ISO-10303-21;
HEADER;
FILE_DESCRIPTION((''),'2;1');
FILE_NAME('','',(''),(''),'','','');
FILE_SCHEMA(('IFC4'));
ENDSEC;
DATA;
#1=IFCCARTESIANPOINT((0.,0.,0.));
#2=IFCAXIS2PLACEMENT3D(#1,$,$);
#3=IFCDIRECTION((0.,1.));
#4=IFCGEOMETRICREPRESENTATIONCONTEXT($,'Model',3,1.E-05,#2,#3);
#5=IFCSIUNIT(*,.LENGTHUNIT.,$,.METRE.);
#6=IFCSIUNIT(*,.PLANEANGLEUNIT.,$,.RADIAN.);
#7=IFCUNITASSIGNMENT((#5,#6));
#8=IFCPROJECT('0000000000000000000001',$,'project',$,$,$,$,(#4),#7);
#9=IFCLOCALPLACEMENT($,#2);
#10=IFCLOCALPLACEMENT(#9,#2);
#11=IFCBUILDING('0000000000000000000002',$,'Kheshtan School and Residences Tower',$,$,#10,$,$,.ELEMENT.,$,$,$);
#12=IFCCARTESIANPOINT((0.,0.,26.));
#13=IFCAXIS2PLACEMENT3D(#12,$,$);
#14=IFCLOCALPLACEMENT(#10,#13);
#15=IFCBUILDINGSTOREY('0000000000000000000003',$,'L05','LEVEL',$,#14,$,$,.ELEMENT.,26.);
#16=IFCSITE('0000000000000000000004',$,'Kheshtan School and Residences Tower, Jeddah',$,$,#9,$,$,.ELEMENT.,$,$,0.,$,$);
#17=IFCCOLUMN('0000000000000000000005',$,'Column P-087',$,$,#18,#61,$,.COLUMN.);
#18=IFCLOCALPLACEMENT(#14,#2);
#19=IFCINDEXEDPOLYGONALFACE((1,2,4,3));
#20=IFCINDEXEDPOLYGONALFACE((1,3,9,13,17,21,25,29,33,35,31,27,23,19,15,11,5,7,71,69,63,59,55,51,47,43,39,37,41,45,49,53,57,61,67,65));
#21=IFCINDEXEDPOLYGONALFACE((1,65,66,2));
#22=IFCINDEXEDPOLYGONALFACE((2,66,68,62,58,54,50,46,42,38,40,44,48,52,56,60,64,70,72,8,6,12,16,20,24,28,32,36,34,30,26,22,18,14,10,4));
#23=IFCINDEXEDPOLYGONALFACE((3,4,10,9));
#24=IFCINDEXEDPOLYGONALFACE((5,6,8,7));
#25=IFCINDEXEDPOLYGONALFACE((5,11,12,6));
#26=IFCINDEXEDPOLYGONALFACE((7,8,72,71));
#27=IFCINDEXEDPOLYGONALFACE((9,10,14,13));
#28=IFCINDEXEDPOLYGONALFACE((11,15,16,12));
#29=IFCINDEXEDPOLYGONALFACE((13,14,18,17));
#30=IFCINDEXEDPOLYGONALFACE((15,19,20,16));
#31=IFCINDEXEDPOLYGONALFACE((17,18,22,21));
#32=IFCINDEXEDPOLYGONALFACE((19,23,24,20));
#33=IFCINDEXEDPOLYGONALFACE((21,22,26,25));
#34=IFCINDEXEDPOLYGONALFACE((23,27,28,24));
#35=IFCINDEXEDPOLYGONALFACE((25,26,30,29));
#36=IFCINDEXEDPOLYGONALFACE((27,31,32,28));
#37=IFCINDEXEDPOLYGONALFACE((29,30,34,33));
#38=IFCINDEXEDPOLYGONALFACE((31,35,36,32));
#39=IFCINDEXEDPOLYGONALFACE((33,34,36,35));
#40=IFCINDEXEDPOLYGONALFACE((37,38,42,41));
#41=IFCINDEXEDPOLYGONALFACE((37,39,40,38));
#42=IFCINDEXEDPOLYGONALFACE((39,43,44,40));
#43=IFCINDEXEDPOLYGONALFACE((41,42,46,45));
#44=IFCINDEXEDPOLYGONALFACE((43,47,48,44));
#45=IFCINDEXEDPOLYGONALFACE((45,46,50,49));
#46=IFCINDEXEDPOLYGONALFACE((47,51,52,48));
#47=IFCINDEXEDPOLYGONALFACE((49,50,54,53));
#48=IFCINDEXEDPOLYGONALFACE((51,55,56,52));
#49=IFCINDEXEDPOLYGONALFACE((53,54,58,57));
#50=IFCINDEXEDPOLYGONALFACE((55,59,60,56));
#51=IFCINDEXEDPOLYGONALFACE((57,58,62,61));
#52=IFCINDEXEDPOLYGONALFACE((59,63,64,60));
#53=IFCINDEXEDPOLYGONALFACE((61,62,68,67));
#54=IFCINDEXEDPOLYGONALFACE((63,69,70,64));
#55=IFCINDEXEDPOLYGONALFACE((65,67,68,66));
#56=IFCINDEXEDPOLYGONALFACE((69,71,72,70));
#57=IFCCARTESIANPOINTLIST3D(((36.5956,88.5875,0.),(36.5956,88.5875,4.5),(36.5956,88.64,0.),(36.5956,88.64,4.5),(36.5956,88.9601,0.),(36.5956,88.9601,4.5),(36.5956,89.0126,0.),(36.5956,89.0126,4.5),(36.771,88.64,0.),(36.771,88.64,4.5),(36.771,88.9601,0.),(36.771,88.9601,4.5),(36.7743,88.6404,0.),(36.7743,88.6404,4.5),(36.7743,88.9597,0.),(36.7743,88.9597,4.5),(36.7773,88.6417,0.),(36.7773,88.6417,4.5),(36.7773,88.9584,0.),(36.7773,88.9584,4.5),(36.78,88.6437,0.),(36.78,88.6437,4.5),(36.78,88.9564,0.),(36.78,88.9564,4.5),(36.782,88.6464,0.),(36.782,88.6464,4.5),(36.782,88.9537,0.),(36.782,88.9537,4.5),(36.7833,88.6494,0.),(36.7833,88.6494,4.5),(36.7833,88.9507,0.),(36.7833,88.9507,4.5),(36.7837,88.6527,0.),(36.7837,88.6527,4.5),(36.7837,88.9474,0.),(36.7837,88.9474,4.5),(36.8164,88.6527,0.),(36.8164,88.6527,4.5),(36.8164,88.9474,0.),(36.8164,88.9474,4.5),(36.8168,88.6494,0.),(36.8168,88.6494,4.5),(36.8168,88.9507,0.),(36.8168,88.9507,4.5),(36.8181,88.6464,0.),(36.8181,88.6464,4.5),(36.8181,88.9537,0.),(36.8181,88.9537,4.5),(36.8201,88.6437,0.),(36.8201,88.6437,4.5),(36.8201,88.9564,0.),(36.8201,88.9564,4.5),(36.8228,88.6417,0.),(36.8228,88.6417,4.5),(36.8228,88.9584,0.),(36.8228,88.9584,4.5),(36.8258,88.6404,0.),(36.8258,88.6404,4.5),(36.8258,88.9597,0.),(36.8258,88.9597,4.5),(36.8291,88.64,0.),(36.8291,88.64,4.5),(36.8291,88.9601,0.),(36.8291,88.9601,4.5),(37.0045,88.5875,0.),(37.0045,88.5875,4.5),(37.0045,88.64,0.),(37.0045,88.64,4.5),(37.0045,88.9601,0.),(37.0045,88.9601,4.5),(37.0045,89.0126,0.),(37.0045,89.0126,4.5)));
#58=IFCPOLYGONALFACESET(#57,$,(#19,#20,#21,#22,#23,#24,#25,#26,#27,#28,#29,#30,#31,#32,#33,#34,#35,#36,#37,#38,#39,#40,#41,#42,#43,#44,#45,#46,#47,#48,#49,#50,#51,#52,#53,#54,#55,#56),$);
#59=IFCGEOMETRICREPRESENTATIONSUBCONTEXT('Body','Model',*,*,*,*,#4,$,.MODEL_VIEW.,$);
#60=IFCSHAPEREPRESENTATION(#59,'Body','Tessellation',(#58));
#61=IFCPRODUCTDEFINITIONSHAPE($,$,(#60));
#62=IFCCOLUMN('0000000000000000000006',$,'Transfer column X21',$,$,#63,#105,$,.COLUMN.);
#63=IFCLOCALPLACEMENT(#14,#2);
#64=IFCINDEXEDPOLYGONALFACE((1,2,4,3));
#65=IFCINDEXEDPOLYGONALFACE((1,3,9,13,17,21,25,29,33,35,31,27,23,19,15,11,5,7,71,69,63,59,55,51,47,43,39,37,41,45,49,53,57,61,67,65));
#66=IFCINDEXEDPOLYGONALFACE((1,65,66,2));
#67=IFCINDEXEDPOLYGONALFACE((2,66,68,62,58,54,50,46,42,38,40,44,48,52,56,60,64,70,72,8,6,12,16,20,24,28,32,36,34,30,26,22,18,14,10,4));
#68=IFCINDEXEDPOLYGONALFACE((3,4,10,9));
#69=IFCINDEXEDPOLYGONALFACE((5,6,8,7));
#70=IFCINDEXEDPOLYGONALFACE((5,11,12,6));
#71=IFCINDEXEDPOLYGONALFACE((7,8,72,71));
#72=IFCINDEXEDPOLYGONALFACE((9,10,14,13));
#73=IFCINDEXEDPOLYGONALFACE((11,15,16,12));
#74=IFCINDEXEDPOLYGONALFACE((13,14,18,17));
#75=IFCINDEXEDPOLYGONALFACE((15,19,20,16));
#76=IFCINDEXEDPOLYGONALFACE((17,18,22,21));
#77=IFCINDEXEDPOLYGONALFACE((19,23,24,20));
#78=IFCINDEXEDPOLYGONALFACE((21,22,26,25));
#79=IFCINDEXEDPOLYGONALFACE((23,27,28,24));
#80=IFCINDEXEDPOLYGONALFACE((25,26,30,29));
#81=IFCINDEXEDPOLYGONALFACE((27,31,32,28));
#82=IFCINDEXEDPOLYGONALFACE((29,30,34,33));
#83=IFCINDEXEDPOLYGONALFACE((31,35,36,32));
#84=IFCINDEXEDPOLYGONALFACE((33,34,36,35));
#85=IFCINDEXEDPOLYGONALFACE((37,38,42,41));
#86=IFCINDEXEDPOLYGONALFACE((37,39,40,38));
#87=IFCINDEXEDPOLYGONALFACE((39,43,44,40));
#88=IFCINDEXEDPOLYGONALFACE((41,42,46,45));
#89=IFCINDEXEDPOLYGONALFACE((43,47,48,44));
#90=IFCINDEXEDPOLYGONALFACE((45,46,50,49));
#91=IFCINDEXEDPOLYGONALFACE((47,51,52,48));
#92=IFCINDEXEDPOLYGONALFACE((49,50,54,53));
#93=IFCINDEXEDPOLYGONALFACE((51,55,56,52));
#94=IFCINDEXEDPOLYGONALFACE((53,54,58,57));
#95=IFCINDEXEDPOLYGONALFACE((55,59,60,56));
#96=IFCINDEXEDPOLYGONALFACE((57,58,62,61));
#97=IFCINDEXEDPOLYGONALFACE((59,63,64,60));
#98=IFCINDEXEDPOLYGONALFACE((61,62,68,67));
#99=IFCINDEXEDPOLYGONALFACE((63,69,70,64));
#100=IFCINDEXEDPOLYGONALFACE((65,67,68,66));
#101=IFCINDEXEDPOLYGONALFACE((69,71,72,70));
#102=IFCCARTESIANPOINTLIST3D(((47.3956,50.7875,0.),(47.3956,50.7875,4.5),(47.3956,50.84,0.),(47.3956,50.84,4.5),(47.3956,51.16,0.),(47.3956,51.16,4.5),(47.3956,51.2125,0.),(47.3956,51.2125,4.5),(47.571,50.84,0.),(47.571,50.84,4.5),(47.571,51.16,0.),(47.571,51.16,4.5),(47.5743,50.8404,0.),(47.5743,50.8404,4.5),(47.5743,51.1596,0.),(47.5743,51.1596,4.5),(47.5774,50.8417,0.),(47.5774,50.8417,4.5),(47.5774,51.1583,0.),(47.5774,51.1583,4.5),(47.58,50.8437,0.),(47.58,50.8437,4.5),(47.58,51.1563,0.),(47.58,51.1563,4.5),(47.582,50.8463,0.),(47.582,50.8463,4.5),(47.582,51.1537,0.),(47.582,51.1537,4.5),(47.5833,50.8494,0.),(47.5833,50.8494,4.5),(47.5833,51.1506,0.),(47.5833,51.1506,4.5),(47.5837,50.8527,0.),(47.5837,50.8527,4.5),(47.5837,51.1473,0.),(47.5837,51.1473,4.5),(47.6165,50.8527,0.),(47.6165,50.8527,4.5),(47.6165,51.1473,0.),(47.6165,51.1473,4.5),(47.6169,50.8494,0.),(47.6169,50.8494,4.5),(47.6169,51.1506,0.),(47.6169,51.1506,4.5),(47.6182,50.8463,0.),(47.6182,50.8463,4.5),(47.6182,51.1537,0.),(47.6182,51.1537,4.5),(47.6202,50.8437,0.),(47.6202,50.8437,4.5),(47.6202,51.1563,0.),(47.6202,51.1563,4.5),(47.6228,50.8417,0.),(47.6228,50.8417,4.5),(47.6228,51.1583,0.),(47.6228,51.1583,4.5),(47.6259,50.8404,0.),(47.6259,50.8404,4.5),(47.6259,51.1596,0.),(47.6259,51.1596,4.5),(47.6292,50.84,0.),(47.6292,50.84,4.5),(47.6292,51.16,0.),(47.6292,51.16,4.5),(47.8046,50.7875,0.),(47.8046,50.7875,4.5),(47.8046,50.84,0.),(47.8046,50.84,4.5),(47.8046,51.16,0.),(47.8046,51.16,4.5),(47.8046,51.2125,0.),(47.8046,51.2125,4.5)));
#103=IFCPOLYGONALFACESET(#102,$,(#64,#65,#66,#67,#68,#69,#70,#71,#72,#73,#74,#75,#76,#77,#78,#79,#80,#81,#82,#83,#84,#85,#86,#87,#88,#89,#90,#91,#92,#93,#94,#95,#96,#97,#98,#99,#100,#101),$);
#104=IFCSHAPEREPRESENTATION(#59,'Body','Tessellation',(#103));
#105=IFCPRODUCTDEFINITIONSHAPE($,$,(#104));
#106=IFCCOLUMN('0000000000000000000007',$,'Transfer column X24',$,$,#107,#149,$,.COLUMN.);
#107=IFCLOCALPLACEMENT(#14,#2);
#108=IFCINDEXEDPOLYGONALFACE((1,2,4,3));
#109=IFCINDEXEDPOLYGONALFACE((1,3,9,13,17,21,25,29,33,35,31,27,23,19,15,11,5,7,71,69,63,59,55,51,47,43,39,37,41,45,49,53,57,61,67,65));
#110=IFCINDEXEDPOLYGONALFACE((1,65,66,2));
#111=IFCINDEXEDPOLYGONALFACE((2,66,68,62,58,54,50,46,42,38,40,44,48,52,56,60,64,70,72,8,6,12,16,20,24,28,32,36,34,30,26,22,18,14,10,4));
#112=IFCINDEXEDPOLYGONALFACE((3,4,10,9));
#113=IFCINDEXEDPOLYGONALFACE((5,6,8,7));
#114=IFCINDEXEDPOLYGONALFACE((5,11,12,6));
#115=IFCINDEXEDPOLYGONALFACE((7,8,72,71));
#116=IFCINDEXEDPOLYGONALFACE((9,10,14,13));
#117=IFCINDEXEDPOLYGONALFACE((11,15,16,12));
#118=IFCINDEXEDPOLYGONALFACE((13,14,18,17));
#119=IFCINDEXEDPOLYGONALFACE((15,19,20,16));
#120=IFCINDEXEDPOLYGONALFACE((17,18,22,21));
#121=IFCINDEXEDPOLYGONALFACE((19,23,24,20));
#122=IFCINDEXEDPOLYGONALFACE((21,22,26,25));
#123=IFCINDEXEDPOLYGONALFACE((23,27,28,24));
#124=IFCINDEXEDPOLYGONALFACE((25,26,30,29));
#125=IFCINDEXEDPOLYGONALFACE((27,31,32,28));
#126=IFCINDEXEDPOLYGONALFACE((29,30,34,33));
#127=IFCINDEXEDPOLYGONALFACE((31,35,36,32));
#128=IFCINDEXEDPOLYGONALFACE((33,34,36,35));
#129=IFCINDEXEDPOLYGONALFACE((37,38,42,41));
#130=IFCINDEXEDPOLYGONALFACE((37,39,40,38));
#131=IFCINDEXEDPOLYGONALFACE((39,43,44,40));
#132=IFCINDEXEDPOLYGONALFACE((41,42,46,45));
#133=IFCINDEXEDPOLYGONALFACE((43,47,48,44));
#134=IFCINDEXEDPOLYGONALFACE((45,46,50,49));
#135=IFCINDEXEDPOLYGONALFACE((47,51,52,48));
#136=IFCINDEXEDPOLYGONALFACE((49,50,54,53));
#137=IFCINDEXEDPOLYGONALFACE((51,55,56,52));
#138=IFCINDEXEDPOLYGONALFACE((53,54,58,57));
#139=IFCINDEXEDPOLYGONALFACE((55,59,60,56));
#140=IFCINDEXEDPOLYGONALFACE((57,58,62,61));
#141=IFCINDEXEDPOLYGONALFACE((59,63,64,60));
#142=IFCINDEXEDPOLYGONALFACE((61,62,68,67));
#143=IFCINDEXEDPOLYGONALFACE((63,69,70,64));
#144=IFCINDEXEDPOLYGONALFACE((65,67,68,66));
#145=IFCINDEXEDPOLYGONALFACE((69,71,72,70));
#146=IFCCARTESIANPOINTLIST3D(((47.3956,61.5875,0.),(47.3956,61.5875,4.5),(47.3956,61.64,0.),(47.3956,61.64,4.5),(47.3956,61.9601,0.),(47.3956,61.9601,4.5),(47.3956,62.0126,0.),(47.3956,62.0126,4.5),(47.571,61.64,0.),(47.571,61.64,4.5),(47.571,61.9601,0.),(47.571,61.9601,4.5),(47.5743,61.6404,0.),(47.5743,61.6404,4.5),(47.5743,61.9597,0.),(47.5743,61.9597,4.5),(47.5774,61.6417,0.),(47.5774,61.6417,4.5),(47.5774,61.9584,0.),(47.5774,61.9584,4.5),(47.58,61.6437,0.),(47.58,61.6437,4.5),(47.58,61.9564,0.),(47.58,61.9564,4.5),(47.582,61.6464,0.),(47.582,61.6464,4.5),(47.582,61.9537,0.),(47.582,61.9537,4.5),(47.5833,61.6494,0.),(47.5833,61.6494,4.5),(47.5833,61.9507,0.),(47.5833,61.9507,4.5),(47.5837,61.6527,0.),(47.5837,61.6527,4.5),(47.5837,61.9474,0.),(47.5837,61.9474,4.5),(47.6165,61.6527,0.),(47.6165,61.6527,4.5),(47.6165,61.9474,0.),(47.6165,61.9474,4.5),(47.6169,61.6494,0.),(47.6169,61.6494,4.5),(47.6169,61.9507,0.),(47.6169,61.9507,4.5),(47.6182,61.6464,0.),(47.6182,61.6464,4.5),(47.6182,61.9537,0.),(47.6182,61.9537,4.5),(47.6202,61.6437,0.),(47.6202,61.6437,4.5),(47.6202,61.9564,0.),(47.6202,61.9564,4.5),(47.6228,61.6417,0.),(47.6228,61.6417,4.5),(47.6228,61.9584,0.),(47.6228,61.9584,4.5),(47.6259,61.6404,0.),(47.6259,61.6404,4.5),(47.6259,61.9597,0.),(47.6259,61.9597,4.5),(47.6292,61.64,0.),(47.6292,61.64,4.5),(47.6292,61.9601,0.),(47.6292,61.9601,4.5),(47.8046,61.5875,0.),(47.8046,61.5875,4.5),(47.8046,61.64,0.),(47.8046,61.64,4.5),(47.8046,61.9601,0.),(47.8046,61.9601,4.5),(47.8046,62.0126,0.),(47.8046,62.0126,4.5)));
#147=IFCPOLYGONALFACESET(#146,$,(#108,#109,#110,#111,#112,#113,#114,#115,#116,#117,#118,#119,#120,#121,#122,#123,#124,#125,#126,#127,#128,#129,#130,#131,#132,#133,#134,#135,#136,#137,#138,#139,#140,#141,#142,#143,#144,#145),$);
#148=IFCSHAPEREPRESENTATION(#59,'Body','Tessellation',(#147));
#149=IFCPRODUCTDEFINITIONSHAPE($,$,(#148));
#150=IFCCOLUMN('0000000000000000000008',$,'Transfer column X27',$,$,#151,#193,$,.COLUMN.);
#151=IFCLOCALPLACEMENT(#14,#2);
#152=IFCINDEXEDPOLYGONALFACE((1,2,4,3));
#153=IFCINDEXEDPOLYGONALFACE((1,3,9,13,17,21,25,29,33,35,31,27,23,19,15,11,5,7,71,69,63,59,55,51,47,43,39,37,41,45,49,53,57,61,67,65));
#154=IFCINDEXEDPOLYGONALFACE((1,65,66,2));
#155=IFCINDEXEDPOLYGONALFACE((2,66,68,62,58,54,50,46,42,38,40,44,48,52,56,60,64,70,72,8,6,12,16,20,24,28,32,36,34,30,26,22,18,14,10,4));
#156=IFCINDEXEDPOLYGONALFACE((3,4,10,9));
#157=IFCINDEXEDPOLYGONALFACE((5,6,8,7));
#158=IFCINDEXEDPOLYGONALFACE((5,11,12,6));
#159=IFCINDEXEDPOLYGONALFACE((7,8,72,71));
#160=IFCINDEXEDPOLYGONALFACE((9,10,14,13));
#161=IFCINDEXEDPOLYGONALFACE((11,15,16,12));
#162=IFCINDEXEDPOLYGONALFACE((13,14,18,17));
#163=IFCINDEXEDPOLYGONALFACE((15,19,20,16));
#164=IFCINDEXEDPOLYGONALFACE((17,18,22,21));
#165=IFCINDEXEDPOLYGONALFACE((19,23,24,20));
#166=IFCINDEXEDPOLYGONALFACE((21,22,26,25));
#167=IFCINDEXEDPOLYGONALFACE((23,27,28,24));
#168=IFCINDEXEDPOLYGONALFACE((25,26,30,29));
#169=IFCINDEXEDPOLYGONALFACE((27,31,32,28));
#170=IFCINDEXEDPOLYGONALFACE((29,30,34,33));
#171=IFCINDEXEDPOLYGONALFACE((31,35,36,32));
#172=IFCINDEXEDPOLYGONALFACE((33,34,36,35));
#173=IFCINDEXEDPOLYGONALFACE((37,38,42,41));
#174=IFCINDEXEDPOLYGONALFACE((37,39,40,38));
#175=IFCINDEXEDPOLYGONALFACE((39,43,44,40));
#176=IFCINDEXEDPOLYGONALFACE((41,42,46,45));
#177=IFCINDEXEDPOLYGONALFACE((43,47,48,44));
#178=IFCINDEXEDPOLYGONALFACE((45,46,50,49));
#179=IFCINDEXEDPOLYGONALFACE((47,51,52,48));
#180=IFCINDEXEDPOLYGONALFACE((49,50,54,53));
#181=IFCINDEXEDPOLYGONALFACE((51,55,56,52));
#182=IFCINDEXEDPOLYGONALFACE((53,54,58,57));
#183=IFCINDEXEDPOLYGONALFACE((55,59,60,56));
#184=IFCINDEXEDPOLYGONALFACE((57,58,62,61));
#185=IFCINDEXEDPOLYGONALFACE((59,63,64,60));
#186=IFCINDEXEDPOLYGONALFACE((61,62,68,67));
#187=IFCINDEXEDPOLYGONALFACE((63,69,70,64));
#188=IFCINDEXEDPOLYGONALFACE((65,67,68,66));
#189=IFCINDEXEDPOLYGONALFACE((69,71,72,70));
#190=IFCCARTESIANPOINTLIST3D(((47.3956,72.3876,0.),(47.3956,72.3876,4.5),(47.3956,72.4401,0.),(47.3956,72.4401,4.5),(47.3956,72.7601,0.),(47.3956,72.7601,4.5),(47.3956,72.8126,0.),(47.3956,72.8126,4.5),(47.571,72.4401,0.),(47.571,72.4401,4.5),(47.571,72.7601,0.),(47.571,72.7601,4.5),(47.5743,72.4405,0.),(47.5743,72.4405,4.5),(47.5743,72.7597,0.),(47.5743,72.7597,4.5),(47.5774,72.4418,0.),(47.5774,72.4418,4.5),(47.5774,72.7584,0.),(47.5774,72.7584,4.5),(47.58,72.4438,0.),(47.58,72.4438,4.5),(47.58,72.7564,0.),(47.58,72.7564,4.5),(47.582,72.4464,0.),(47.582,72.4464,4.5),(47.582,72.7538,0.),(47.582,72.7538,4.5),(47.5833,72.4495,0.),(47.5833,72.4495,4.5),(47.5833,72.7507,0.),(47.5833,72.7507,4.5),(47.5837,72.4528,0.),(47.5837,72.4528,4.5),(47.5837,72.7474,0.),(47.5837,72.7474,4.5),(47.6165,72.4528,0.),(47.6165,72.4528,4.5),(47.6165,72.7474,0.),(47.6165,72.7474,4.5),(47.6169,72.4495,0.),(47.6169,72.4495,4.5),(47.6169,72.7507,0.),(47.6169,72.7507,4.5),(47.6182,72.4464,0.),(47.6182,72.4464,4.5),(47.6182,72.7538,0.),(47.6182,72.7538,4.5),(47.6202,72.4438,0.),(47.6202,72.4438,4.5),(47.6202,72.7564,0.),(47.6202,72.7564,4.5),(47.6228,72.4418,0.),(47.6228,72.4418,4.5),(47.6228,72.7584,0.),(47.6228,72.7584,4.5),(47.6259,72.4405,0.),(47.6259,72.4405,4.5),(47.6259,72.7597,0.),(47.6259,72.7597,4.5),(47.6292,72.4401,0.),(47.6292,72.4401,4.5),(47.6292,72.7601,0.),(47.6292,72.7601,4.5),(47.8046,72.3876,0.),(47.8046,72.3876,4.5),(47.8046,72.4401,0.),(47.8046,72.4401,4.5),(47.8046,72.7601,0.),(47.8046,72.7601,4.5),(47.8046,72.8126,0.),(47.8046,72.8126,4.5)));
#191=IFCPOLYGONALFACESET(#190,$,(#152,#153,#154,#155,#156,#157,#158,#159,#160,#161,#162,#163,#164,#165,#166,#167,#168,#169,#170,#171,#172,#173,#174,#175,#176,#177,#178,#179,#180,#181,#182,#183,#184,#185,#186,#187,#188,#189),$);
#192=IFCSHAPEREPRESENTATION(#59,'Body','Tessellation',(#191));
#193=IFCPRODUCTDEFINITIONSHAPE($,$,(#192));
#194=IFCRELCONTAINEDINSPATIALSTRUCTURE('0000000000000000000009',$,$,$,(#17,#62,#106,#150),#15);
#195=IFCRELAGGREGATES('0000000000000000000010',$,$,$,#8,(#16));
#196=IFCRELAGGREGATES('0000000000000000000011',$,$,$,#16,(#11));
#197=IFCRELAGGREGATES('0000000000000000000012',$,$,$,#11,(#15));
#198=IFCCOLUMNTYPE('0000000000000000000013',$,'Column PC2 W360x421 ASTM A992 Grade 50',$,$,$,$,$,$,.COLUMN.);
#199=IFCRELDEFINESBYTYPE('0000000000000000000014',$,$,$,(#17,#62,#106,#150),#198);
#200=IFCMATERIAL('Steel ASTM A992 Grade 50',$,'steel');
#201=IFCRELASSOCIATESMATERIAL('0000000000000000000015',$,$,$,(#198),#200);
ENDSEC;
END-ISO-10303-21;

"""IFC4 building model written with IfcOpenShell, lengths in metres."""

from ifc_helpers import new_model, si_unit, direction, frame, origin, origin_2d, place, context, subcontext, project, spatial, i_section, extrude, material, material_profile, profile_set, type_object, element, save


model = new_model("IFC4")

# Units and contexts
model_context = context("Model", 3, precision=1e-05, world=origin(), true_north=direction((0.0, 1.0)))
body_context = subcontext(model_context, "Body", "Model", "MODEL_VIEW")
ifc_project = project(units=[si_unit("LENGTHUNIT", "METRE"), si_unit("PLANEANGLEUNIT", "RADIAN")], contexts=[model_context])

# Site, building, storey
site_placement = place(None, origin())
site = spatial("IfcSite", under=ifc_project, at=site_placement, Name="Kheshtan School and Residences Tower, Jeddah", CompositionType="ELEMENT", RefElevation=0.0)
building_placement = place(site_placement, origin())
building = spatial("IfcBuilding", under=site, at=building_placement, Name="Kheshtan School and Residences Tower", CompositionType="ELEMENT")
storey_placement = place(building_placement, frame((0.0, 0.0, 26.0)))
storey = spatial("IfcBuildingStorey", under=building, at=storey_placement, Name="L05", Description="LEVEL", CompositionType="ELEMENT", Elevation=26.0)

# Columns
ifc_material_1 = material(Name="Steel ASTM A992 Grade 50", Category="steel")
ifc_material_profile_1 = material_profile(ifc_material_1, i_section(OverallWidth=0.4089, OverallDepth=0.425, WebThickness=0.0327, FlangeThickness=0.0525, FilletRadius=0.0127, at=origin_2d()), Name="W360x421")
ifc_profile_set_1 = profile_set([ifc_material_profile_1], Name="Steel ASTM A992 Grade 50")
column_type = type_object("IfcColumnType", Name="Column PC2 W360x421 ASTM A992 Grade 50", PredefinedType="COLUMN", material=ifc_profile_set_1)
for number, where, z_axis, x_axis, name in (
    (1, (36.8, 88.8, 0.0), (0.0, 0.0, 1.0), (1.0, 0.0, 0.0), "Column P-087"),
    (2, (47.6001, 51.0, 0.0), (0.0, 0.0, 1.0), (1.0, 0.0, 0.0), "Transfer column X21"),
    (3, (47.6001, 61.8, 0.0), (0.0, 0.0, 1.0), (1.0, 0.0, 0.0), "Transfer column X24"),
    (4, (47.6001, 72.6001, 0.0), (0.0, 0.0, 1.0), (1.0, 0.0, 0.0), "Transfer column X27"),
):
    element("IfcColumn", number, at=place(storey_placement, frame(where, z_axis=z_axis, x_axis=x_axis)), inside=storey, type_object=column_type, Name=name, PredefinedType="COLUMN", context=body_context, shape_type="SweptSolid", body=[
        extrude(i_section(OverallWidth=0.4089, OverallDepth=0.425, WebThickness=0.0327, FlangeThickness=0.0525, FilletRadius=0.0127, at=origin_2d()), origin(), (0.0, 0.0, 1.0), 4.5),
    ])

save(model, "model.ifc")
